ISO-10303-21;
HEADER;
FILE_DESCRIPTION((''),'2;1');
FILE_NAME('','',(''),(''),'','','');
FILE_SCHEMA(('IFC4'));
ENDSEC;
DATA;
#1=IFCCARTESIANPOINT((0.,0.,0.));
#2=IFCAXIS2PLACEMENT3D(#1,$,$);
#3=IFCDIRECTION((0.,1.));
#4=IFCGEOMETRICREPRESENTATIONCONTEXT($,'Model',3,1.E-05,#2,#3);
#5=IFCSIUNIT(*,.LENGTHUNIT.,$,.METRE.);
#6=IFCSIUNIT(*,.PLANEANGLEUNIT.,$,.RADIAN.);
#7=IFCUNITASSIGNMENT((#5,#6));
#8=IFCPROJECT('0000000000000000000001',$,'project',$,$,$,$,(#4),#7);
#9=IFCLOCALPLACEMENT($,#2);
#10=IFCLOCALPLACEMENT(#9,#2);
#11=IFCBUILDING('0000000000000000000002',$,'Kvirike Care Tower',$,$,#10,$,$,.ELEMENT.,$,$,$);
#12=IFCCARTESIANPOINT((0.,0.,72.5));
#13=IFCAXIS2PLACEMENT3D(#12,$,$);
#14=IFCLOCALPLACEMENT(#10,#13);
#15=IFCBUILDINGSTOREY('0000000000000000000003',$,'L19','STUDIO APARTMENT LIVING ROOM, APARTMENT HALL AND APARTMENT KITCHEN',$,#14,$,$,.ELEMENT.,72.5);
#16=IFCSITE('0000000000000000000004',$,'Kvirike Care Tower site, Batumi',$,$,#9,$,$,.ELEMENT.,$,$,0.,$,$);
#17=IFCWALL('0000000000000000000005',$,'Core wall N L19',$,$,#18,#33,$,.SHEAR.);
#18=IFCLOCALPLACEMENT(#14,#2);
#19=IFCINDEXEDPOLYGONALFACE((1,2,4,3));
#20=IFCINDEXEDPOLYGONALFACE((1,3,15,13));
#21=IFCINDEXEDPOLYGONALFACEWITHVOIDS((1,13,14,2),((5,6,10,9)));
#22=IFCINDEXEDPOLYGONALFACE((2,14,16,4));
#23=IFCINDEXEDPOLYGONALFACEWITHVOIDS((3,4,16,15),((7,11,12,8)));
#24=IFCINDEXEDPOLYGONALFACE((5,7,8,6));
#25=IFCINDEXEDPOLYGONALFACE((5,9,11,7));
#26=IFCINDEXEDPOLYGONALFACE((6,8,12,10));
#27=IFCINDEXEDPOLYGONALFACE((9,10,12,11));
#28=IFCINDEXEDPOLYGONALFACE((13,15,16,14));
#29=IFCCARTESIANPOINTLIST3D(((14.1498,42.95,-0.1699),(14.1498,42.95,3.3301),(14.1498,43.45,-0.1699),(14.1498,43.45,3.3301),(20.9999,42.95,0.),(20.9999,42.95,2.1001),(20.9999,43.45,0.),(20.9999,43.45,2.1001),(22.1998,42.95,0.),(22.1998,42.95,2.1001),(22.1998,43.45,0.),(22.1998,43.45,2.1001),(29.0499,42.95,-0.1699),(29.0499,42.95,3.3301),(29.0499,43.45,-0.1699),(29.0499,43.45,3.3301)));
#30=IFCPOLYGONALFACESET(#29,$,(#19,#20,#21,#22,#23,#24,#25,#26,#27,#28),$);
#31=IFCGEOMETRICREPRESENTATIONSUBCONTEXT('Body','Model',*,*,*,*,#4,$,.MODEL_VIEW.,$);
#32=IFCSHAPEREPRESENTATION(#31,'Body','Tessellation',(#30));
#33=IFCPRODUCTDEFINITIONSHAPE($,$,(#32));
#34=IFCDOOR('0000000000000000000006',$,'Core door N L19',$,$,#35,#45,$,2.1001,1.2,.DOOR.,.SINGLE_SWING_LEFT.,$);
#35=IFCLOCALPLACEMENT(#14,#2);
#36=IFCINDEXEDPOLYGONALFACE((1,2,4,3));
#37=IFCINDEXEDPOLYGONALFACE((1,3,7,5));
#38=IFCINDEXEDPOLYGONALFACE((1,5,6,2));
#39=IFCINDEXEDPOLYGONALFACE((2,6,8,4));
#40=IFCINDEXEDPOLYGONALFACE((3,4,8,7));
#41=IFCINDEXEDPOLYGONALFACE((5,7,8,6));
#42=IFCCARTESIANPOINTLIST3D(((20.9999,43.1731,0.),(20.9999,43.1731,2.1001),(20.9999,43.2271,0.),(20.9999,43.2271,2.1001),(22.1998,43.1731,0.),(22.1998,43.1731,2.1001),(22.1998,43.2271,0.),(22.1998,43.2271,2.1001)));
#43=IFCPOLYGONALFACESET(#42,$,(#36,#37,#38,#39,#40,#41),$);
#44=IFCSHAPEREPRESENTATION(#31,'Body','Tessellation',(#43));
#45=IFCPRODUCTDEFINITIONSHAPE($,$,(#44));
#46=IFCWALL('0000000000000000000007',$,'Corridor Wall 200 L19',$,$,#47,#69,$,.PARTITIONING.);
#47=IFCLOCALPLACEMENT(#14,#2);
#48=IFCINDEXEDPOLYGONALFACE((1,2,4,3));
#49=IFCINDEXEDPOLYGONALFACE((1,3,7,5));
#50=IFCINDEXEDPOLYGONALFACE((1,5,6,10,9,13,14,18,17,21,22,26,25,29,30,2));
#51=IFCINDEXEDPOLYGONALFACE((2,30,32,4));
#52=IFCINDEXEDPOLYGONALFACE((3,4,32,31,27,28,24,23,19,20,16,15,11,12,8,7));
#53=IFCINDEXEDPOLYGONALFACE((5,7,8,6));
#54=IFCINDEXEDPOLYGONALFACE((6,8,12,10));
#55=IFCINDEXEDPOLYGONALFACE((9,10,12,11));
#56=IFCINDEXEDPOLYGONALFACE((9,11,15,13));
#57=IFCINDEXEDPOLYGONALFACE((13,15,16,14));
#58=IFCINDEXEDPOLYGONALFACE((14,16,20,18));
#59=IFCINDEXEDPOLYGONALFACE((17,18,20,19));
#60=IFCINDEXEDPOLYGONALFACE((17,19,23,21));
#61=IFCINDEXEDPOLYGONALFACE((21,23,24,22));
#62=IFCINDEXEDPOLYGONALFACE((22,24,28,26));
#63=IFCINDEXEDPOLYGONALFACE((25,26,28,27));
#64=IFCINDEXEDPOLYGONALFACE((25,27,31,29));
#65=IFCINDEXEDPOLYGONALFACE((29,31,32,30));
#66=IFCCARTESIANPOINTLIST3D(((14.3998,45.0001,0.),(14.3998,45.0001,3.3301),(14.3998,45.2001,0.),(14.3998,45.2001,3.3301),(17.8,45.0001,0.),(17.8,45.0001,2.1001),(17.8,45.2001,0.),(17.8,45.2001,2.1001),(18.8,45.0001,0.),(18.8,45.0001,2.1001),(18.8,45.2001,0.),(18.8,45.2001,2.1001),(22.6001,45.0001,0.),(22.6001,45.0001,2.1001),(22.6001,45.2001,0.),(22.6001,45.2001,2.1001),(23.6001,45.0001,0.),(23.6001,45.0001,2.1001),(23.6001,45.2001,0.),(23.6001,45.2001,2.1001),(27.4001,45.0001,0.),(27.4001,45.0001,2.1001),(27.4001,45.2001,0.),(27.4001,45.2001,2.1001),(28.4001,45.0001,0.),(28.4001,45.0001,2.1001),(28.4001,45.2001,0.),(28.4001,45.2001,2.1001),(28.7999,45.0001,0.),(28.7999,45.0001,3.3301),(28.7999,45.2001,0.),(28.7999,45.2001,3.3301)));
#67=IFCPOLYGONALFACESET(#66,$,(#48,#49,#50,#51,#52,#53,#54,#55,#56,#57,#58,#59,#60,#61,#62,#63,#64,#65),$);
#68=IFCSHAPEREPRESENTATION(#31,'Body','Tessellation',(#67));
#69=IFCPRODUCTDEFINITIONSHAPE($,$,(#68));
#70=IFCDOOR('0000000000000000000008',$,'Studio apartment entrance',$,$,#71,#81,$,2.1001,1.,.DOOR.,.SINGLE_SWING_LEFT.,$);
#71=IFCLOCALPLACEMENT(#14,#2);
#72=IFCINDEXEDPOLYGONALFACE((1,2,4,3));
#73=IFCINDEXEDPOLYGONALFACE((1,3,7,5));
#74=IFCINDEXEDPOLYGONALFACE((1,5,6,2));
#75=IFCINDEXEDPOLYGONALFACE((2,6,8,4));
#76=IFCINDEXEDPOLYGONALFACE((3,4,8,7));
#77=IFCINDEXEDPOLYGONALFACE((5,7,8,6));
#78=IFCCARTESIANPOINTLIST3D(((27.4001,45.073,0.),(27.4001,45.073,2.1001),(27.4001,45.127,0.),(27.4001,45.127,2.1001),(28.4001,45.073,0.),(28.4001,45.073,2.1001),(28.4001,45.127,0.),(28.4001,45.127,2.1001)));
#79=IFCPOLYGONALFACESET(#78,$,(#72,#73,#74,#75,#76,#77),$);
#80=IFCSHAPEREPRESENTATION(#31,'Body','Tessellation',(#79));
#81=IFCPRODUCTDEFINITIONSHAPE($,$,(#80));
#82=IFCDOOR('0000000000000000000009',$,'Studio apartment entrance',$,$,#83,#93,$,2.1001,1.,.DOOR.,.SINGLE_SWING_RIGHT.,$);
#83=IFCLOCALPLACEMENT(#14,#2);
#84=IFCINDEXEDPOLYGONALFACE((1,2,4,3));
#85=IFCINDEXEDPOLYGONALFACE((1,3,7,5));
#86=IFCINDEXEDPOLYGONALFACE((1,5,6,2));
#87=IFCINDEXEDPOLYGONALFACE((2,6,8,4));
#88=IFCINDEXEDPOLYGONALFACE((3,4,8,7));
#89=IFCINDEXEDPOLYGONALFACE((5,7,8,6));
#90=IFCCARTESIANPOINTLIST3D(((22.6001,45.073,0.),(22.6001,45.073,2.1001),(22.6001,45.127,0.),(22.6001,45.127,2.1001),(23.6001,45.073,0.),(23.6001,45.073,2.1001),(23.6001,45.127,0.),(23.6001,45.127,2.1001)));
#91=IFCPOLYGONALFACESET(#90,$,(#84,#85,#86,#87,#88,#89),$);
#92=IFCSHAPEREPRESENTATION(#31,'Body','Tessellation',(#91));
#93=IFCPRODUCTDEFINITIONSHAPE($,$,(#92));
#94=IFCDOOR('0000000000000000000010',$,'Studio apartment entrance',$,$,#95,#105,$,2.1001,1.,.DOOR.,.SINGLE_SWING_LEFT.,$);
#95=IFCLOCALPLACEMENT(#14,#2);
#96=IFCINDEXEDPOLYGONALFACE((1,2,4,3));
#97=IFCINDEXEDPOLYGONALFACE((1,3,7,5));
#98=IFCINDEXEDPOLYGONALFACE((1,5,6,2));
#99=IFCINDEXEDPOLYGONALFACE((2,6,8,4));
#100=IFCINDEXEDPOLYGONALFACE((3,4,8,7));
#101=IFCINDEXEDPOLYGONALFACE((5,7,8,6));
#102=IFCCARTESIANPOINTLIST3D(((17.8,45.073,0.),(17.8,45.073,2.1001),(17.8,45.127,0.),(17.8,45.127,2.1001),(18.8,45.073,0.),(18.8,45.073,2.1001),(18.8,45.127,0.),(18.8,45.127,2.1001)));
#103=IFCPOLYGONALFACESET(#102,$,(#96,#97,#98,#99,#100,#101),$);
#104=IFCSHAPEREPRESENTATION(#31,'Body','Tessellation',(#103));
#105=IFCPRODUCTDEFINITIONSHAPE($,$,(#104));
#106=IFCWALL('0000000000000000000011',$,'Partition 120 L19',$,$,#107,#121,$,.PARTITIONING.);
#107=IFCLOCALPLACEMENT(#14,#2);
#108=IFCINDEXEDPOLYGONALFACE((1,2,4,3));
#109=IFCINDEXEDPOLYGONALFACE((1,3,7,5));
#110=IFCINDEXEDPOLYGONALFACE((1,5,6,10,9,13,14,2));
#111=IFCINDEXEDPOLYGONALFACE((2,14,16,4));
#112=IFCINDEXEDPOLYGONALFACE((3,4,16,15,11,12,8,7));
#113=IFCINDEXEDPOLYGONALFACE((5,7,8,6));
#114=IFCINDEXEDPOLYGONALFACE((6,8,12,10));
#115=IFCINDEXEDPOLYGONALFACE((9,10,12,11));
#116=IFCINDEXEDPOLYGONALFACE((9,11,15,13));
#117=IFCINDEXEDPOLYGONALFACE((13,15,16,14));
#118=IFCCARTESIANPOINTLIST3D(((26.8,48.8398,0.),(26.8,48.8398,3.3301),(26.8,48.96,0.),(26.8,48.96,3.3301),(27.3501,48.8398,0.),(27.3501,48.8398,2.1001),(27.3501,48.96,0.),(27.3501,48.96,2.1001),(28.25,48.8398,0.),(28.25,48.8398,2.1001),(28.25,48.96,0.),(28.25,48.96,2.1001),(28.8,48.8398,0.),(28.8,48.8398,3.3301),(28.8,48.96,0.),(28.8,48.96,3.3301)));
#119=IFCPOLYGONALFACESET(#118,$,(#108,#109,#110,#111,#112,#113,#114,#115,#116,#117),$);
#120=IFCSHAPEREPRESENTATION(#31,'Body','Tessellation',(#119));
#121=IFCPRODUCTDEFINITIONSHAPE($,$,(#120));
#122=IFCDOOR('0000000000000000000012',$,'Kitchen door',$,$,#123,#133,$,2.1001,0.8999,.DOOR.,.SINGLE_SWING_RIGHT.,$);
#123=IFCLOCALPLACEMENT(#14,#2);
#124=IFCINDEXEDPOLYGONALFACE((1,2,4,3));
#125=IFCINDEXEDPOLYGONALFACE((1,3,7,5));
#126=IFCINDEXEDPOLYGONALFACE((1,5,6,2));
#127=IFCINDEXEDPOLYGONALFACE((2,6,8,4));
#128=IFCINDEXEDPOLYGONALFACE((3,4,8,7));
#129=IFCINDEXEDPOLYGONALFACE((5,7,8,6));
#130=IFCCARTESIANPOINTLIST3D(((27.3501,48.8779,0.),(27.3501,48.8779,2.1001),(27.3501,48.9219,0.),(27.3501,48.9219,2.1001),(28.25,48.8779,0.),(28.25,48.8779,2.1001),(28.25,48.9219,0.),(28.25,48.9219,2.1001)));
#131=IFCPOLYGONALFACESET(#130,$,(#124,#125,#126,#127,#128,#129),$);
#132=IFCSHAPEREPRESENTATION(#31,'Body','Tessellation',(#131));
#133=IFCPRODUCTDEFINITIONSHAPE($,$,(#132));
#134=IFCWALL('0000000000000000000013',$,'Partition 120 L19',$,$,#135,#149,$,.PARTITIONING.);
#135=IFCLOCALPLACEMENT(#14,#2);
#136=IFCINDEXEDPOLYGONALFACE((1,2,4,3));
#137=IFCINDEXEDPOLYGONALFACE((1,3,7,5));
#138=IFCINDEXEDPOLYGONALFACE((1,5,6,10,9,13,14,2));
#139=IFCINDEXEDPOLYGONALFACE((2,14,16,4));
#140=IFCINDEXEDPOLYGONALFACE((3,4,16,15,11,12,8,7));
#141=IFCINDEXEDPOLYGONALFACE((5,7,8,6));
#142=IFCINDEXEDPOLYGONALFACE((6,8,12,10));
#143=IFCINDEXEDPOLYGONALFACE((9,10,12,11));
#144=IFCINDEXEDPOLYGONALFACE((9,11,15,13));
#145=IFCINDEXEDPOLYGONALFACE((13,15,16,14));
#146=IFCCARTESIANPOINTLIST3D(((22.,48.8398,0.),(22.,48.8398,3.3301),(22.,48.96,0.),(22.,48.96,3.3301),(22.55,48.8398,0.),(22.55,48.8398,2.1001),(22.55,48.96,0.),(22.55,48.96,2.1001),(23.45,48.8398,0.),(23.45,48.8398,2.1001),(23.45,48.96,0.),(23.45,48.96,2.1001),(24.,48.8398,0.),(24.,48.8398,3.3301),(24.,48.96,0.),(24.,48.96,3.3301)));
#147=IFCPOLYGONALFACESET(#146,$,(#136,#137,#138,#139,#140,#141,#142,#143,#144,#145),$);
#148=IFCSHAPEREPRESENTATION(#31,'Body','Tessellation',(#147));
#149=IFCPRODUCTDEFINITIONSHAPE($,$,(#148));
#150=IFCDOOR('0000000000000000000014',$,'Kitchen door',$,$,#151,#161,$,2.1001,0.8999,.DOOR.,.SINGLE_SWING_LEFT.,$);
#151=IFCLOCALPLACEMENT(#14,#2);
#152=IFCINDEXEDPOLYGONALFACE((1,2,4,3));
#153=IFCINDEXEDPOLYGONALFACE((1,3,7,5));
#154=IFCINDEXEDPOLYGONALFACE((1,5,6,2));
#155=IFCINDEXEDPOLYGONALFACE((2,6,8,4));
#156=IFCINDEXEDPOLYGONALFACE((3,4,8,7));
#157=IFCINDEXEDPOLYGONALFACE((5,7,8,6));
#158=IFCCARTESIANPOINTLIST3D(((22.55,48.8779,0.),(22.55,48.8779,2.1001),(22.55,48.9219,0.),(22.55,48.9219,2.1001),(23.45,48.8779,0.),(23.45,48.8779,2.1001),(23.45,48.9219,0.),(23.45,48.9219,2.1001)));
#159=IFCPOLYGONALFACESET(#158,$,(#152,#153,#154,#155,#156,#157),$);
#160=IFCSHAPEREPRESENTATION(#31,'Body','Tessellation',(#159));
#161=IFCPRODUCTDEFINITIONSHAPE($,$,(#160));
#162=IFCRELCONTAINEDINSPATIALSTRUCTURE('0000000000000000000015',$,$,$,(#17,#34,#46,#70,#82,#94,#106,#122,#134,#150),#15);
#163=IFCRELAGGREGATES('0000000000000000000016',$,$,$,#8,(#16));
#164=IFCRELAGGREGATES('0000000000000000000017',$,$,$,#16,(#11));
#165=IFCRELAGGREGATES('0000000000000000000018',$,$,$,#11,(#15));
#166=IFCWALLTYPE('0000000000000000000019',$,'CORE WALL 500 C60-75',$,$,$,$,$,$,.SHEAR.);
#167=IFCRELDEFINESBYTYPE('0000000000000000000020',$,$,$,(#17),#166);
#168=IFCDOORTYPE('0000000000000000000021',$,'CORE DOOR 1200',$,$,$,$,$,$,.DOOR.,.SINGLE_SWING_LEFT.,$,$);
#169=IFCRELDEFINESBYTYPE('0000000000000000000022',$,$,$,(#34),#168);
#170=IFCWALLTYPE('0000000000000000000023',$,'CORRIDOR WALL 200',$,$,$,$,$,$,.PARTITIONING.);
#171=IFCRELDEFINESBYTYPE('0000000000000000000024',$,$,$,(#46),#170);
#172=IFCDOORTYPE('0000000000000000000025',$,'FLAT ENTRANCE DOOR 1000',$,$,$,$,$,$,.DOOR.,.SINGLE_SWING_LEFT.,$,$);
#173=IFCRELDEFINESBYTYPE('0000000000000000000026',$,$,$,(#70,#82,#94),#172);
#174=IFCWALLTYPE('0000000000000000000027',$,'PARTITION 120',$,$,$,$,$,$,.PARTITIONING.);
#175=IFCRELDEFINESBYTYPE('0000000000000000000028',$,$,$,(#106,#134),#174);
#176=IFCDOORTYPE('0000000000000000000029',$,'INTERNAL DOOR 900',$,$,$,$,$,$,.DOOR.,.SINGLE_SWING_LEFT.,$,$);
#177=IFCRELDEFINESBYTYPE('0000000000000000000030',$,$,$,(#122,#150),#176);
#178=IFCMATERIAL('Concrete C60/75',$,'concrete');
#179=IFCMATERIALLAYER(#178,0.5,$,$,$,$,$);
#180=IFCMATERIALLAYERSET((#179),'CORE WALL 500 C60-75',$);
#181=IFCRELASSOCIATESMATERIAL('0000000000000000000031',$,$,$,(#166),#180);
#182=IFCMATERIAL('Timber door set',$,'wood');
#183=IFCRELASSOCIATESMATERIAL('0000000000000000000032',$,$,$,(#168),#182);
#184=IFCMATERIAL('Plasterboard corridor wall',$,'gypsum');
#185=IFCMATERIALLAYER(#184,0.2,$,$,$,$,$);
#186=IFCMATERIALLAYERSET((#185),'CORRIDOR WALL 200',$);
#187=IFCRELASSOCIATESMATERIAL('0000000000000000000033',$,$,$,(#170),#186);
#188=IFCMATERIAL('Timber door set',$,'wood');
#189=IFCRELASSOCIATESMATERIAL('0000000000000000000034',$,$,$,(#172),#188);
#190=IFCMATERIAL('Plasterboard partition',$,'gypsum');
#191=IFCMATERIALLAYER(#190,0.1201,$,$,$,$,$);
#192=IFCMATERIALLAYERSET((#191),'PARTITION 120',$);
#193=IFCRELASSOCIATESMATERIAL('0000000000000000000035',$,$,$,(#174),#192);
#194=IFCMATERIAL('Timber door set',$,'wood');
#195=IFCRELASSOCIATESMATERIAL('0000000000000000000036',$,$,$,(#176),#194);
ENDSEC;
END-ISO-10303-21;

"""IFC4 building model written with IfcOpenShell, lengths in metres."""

from ifc_helpers import new_model, si_unit, direction, frame, frame_2d, origin, place, context, subcontext, project, spatial, rectangle, extrude, material, layer, layer_set, type_object, element, fill, save


model = new_model("IFC4")

# Units and contexts
model_context = context("Model", 3, precision=1e-05, world=origin(), true_north=direction((0.0, 1.0)))
body_context = subcontext(model_context, "Body", "Model", "MODEL_VIEW")
ifc_project = project(units=[si_unit("LENGTHUNIT", "METRE"), si_unit("PLANEANGLEUNIT", "RADIAN")], contexts=[model_context])

# Site, building, storey
site_placement = place(None, origin())
site = spatial("IfcSite", under=ifc_project, at=site_placement, Name="Kvirike Care Tower site, Batumi", CompositionType="ELEMENT", RefElevation=0.0)
building_placement = place(site_placement, origin())
building = spatial("IfcBuilding", under=site, at=building_placement, Name="Kvirike Care Tower", CompositionType="ELEMENT")
storey_placement = place(building_placement, frame((0.0, 0.0, 72.5)))
storey = spatial("IfcBuildingStorey", under=building, at=storey_placement, Name="L19", Description="STUDIO APARTMENT LIVING ROOM, APARTMENT HALL AND APARTMENT KITCHEN", CompositionType="ELEMENT", Elevation=72.5)

# Wall, opening, door
ifc_material_1 = material(Name="Concrete C60/75", Category="concrete")
ifc_layer_1 = layer(ifc_material_1, 0.5)
ifc_layer_set_1 = layer_set([ifc_layer_1], Name="CORE WALL 500 C60-75")
wall_type_1 = type_object("IfcWallType", Name="CORE WALL 500 C60-75", PredefinedType="SHEAR", material=ifc_layer_set_1)
wall_1_placement = place(storey_placement, frame((29.05, 43.2, -0.1699), z_axis=(0.0, 0.0, 1.0), x_axis=(-1.0, 0.0, 0.0)))
wall_1 = element("IfcWall", 1, at=wall_1_placement, inside=storey, type_object=wall_type_1, Name="Core wall N L19", PredefinedType="SHEAR", context=body_context, shape_type="SweptSolid", body=[
    extrude(rectangle(XDim=14.9001, YDim=0.5, at=frame_2d((7.4502, 0.0))), origin(), (0.0, 0.0, 1.0), 3.5),
])
opening_1_placement = place(wall_1_placement, frame((6.8501, 0.0, 0.1699)))
opening_1 = element("IfcOpeningElement", 2, at=opening_1_placement, cuts=wall_1, PredefinedType="OPENING", context=body_context, shape_type="SweptSolid", body=[
    extrude(rectangle(XDim=1.2, YDim=2.1001, at=frame_2d((0.6001, 1.05))), frame((0.0, 0.2605, 0.0), z_axis=(0.0, -1.0, 0.0), x_axis=(1.0, 0.0, 0.0)), (0.0, 0.0, 1.0), 0.521),
])
ifc_material_2 = material(Name="Timber door set", Category="wood")
door_type_1 = type_object("IfcDoorType", Name="CORE DOOR 1200", OperationType="SINGLE_SWING_LEFT", PredefinedType="DOOR", material=ifc_material_2)
door_1_placement = place(opening_1_placement, origin())
door_1 = element("IfcDoor", 3, at=door_1_placement, inside=storey, type_object=door_type_1, Name="Core door N L19", OperationType="SINGLE_SWING_LEFT", OverallHeight=2.1001, OverallWidth=1.2, PredefinedType="DOOR", context=body_context, shape_type="SweptSolid", body=[
    extrude(rectangle(XDim=1.2, YDim=2.1001, at=frame_2d((0.6001, 1.05))), frame((0.0, 0.0269, 0.0), z_axis=(0.0, -1.0, 0.0), x_axis=(1.0, 0.0, 0.0)), (0.0, 0.0, 1.0), 0.054),
])
fill(opening_1, door_1)

# Wall, openings, doors
ifc_material_3 = material(Name="Plasterboard corridor wall", Category="gypsum")
ifc_layer_2 = layer(ifc_material_3, 0.2)
ifc_layer_set_2 = layer_set([ifc_layer_2], Name="CORRIDOR WALL 200")
wall_type_2 = type_object("IfcWallType", Name="CORRIDOR WALL 200", PredefinedType="PARTITIONING", material=ifc_layer_set_2)
wall_2_placement = place(storey_placement, frame((28.8, 45.1001, 0.0), z_axis=(0.0, 0.0, 1.0), x_axis=(-1.0, 0.0, 0.0)))
wall_2 = element("IfcWall", 4, at=wall_2_placement, inside=storey, type_object=wall_type_2, Name="Corridor Wall 200 L19", PredefinedType="PARTITIONING", context=body_context, shape_type="SweptSolid", body=[
    extrude(rectangle(XDim=14.4001, YDim=0.2, at=frame_2d((7.2002, 0.0))), origin(), (0.0, 0.0, 1.0), 3.3301),
])
opening_2_placement = place(wall_2_placement, frame((0.3999, 0.0, 0.0)))
opening_2 = element("IfcOpeningElement", 5, at=opening_2_placement, cuts=wall_2, PredefinedType="OPENING", context=body_context, shape_type="SweptSolid", body=[
    extrude(rectangle(XDim=1.0, YDim=2.1001, at=frame_2d((0.5, 1.05))), frame((0.0, 0.1106, 0.0), z_axis=(0.0, -1.0, 0.0), x_axis=(1.0, 0.0, 0.0)), (0.0, 0.0, 1.0), 0.2209),
])
opening_3_placement = place(wall_2_placement, frame((5.2, 0.0, 0.0)))
opening_3 = element("IfcOpeningElement", 6, at=opening_3_placement, cuts=wall_2, PredefinedType="OPENING", context=body_context, shape_type="SweptSolid", body=[
    extrude(rectangle(XDim=1.0, YDim=2.1001, at=frame_2d((0.5, 1.05))), frame((0.0, 0.1106, 0.0), z_axis=(0.0, -1.0, 0.0), x_axis=(1.0, 0.0, 0.0)), (0.0, 0.0, 1.0), 0.2209),
])
opening_4_placement = place(wall_2_placement, frame((10.0, 0.0, 0.0)))
opening_4 = element("IfcOpeningElement", 7, at=opening_4_placement, cuts=wall_2, PredefinedType="OPENING", context=body_context, shape_type="SweptSolid", body=[
    extrude(rectangle(XDim=1.0, YDim=2.1001, at=frame_2d((0.5, 1.05))), frame((0.0, 0.1106, 0.0), z_axis=(0.0, -1.0, 0.0), x_axis=(1.0, 0.0, 0.0)), (0.0, 0.0, 1.0), 0.2209),
])
ifc_material_4 = material(Name="Timber door set", Category="wood")
door_type_2 = type_object("IfcDoorType", Name="FLAT ENTRANCE DOOR 1000", OperationType="SINGLE_SWING_LEFT", PredefinedType="DOOR", material=ifc_material_4)
door_2_placement = place(opening_2_placement, frame((1.0, 0.0, 0.0), z_axis=(0.0, 0.0, 1.0), x_axis=(-1.0, 0.0, 0.0)))
door_2 = element("IfcDoor", 8, at=door_2_placement, inside=storey, type_object=door_type_2, Name="Studio apartment entrance", OperationType="SINGLE_SWING_LEFT", OverallHeight=2.1001, OverallWidth=1.0, PredefinedType="DOOR", context=body_context, shape_type="SweptSolid", body=[
    extrude(rectangle(XDim=1.0, YDim=2.1001, at=frame_2d((0.5, 1.05))), frame((0.0, 0.0269, 0.0), z_axis=(0.0, -1.0, 0.0), x_axis=(1.0, 0.0, 0.0)), (0.0, 0.0, 1.0), 0.054),
])
fill(opening_2, door_2)
door_3_placement = place(opening_3_placement, frame((1.0, 0.0, 0.0), z_axis=(0.0, 0.0, 1.0), x_axis=(-1.0, 0.0, 0.0)))
door_3 = element("IfcDoor", 9, at=door_3_placement, inside=storey, type_object=door_type_2, Name="Studio apartment entrance", OperationType="SINGLE_SWING_RIGHT", OverallHeight=2.1001, OverallWidth=1.0, PredefinedType="DOOR", context=body_context, shape_type="SweptSolid", body=[
    extrude(rectangle(XDim=1.0, YDim=2.1001, at=frame_2d((0.5, 1.05))), frame((0.0, 0.0269, 0.0), z_axis=(0.0, -1.0, 0.0), x_axis=(1.0, 0.0, 0.0)), (0.0, 0.0, 1.0), 0.054),
])
fill(opening_3, door_3)
door_4_placement = place(opening_4_placement, frame((1.0, 0.0, 0.0), z_axis=(0.0, 0.0, 1.0), x_axis=(-1.0, 0.0, 0.0)))
door_4 = element("IfcDoor", 10, at=door_4_placement, inside=storey, type_object=door_type_2, Name="Studio apartment entrance", OperationType="SINGLE_SWING_LEFT", OverallHeight=2.1001, OverallWidth=1.0, PredefinedType="DOOR", context=body_context, shape_type="SweptSolid", body=[
    extrude(rectangle(XDim=1.0, YDim=2.1001, at=frame_2d((0.5, 1.05))), frame((0.0, 0.0269, 0.0), z_axis=(0.0, -1.0, 0.0), x_axis=(1.0, 0.0, 0.0)), (0.0, 0.0, 1.0), 0.054),
])
fill(opening_4, door_4)

# Walls, openings, doors
ifc_material_5 = material(Name="Plasterboard partition", Category="gypsum")
ifc_layer_3 = layer(ifc_material_5, 0.1201)
ifc_layer_set_3 = layer_set([ifc_layer_3], Name="PARTITION 120")
wall_type_3 = type_object("IfcWallType", Name="PARTITION 120", PredefinedType="PARTITIONING", material=ifc_layer_set_3)
wall_3_placement = place(storey_placement, frame((28.8, 48.8999, 0.0), z_axis=(0.0, 0.0, 1.0), x_axis=(-1.0, 0.0, 0.0)))
wall_3 = element("IfcWall", 11, at=wall_3_placement, inside=storey, type_object=wall_type_3, Name="Partition 120 L19", PredefinedType="PARTITIONING", context=body_context, shape_type="SweptSolid", body=[
    extrude(rectangle(XDim=2.0, YDim=0.1201, at=frame_2d((1.0, 0.0))), origin(), (0.0, 0.0, 1.0), 3.3301),
])
opening_5_placement = place(wall_3_placement, frame((0.55, 0.0, 0.0)))
opening_5 = element("IfcOpeningElement", 12, at=opening_5_placement, cuts=wall_3, PredefinedType="OPENING", context=body_context, shape_type="SweptSolid", body=[
    extrude(rectangle(XDim=0.8999, YDim=2.1001, at=frame_2d((0.45, 1.05))), frame((0.0, 0.0706, 0.0), z_axis=(0.0, -1.0, 0.0), x_axis=(1.0, 0.0, 0.0)), (0.0, 0.0, 1.0), 0.1411),
])
ifc_material_6 = material(Name="Timber door set", Category="wood")
door_type_3 = type_object("IfcDoorType", Name="INTERNAL DOOR 900", OperationType="SINGLE_SWING_LEFT", PredefinedType="DOOR", material=ifc_material_6)
door_5_placement = place(opening_5_placement, frame((0.8999, 0.0, 0.0), z_axis=(0.0, 0.0, 1.0), x_axis=(-1.0, 0.0, 0.0)))
door_5 = element("IfcDoor", 13, at=door_5_placement, inside=storey, type_object=door_type_3, Name="Kitchen door", OperationType="SINGLE_SWING_RIGHT", OverallHeight=2.1001, OverallWidth=0.8999, PredefinedType="DOOR", context=body_context, shape_type="SweptSolid", body=[
    extrude(rectangle(XDim=0.8999, YDim=2.1001, at=frame_2d((0.45, 1.05))), frame((0.0, 0.022, 0.0), z_axis=(0.0, -1.0, 0.0), x_axis=(1.0, 0.0, 0.0)), (0.0, 0.0, 1.0), 0.0439),
])
fill(opening_5, door_5)
wall_4_placement = place(storey_placement, frame((24.0, 48.8999, 0.0), z_axis=(0.0, 0.0, 1.0), x_axis=(-1.0, 0.0, 0.0)))
wall_4 = element("IfcWall", 14, at=wall_4_placement, inside=storey, type_object=wall_type_3, Name="Partition 120 L19", PredefinedType="PARTITIONING", context=body_context, shape_type="SweptSolid", body=[
    extrude(rectangle(XDim=2.0, YDim=0.1201, at=frame_2d((1.0, 0.0))), origin(), (0.0, 0.0, 1.0), 3.3301),
])
opening_6_placement = place(wall_4_placement, frame((0.55, 0.0, 0.0)))
opening_6 = element("IfcOpeningElement", 15, at=opening_6_placement, cuts=wall_4, PredefinedType="OPENING", context=body_context, shape_type="SweptSolid", body=[
    extrude(rectangle(XDim=0.8999, YDim=2.1001, at=frame_2d((0.45, 1.05))), frame((0.0, 0.0706, 0.0), z_axis=(0.0, -1.0, 0.0), x_axis=(1.0, 0.0, 0.0)), (0.0, 0.0, 1.0), 0.1411),
])
door_6_placement = place(opening_6_placement, frame((0.8999, 0.0, 0.0), z_axis=(0.0, 0.0, 1.0), x_axis=(-1.0, 0.0, 0.0)))
door_6 = element("IfcDoor", 16, at=door_6_placement, inside=storey, type_object=door_type_3, Name="Kitchen door", OperationType="SINGLE_SWING_LEFT", OverallHeight=2.1001, OverallWidth=0.8999, PredefinedType="DOOR", context=body_context, shape_type="SweptSolid", body=[
    extrude(rectangle(XDim=0.8999, YDim=2.1001, at=frame_2d((0.45, 1.05))), frame((0.0, 0.022, 0.0), z_axis=(0.0, -1.0, 0.0), x_axis=(1.0, 0.0, 0.0)), (0.0, 0.0, 1.0), 0.0439),
])
fill(opening_6, door_6)

save(model, "model.ifc")
